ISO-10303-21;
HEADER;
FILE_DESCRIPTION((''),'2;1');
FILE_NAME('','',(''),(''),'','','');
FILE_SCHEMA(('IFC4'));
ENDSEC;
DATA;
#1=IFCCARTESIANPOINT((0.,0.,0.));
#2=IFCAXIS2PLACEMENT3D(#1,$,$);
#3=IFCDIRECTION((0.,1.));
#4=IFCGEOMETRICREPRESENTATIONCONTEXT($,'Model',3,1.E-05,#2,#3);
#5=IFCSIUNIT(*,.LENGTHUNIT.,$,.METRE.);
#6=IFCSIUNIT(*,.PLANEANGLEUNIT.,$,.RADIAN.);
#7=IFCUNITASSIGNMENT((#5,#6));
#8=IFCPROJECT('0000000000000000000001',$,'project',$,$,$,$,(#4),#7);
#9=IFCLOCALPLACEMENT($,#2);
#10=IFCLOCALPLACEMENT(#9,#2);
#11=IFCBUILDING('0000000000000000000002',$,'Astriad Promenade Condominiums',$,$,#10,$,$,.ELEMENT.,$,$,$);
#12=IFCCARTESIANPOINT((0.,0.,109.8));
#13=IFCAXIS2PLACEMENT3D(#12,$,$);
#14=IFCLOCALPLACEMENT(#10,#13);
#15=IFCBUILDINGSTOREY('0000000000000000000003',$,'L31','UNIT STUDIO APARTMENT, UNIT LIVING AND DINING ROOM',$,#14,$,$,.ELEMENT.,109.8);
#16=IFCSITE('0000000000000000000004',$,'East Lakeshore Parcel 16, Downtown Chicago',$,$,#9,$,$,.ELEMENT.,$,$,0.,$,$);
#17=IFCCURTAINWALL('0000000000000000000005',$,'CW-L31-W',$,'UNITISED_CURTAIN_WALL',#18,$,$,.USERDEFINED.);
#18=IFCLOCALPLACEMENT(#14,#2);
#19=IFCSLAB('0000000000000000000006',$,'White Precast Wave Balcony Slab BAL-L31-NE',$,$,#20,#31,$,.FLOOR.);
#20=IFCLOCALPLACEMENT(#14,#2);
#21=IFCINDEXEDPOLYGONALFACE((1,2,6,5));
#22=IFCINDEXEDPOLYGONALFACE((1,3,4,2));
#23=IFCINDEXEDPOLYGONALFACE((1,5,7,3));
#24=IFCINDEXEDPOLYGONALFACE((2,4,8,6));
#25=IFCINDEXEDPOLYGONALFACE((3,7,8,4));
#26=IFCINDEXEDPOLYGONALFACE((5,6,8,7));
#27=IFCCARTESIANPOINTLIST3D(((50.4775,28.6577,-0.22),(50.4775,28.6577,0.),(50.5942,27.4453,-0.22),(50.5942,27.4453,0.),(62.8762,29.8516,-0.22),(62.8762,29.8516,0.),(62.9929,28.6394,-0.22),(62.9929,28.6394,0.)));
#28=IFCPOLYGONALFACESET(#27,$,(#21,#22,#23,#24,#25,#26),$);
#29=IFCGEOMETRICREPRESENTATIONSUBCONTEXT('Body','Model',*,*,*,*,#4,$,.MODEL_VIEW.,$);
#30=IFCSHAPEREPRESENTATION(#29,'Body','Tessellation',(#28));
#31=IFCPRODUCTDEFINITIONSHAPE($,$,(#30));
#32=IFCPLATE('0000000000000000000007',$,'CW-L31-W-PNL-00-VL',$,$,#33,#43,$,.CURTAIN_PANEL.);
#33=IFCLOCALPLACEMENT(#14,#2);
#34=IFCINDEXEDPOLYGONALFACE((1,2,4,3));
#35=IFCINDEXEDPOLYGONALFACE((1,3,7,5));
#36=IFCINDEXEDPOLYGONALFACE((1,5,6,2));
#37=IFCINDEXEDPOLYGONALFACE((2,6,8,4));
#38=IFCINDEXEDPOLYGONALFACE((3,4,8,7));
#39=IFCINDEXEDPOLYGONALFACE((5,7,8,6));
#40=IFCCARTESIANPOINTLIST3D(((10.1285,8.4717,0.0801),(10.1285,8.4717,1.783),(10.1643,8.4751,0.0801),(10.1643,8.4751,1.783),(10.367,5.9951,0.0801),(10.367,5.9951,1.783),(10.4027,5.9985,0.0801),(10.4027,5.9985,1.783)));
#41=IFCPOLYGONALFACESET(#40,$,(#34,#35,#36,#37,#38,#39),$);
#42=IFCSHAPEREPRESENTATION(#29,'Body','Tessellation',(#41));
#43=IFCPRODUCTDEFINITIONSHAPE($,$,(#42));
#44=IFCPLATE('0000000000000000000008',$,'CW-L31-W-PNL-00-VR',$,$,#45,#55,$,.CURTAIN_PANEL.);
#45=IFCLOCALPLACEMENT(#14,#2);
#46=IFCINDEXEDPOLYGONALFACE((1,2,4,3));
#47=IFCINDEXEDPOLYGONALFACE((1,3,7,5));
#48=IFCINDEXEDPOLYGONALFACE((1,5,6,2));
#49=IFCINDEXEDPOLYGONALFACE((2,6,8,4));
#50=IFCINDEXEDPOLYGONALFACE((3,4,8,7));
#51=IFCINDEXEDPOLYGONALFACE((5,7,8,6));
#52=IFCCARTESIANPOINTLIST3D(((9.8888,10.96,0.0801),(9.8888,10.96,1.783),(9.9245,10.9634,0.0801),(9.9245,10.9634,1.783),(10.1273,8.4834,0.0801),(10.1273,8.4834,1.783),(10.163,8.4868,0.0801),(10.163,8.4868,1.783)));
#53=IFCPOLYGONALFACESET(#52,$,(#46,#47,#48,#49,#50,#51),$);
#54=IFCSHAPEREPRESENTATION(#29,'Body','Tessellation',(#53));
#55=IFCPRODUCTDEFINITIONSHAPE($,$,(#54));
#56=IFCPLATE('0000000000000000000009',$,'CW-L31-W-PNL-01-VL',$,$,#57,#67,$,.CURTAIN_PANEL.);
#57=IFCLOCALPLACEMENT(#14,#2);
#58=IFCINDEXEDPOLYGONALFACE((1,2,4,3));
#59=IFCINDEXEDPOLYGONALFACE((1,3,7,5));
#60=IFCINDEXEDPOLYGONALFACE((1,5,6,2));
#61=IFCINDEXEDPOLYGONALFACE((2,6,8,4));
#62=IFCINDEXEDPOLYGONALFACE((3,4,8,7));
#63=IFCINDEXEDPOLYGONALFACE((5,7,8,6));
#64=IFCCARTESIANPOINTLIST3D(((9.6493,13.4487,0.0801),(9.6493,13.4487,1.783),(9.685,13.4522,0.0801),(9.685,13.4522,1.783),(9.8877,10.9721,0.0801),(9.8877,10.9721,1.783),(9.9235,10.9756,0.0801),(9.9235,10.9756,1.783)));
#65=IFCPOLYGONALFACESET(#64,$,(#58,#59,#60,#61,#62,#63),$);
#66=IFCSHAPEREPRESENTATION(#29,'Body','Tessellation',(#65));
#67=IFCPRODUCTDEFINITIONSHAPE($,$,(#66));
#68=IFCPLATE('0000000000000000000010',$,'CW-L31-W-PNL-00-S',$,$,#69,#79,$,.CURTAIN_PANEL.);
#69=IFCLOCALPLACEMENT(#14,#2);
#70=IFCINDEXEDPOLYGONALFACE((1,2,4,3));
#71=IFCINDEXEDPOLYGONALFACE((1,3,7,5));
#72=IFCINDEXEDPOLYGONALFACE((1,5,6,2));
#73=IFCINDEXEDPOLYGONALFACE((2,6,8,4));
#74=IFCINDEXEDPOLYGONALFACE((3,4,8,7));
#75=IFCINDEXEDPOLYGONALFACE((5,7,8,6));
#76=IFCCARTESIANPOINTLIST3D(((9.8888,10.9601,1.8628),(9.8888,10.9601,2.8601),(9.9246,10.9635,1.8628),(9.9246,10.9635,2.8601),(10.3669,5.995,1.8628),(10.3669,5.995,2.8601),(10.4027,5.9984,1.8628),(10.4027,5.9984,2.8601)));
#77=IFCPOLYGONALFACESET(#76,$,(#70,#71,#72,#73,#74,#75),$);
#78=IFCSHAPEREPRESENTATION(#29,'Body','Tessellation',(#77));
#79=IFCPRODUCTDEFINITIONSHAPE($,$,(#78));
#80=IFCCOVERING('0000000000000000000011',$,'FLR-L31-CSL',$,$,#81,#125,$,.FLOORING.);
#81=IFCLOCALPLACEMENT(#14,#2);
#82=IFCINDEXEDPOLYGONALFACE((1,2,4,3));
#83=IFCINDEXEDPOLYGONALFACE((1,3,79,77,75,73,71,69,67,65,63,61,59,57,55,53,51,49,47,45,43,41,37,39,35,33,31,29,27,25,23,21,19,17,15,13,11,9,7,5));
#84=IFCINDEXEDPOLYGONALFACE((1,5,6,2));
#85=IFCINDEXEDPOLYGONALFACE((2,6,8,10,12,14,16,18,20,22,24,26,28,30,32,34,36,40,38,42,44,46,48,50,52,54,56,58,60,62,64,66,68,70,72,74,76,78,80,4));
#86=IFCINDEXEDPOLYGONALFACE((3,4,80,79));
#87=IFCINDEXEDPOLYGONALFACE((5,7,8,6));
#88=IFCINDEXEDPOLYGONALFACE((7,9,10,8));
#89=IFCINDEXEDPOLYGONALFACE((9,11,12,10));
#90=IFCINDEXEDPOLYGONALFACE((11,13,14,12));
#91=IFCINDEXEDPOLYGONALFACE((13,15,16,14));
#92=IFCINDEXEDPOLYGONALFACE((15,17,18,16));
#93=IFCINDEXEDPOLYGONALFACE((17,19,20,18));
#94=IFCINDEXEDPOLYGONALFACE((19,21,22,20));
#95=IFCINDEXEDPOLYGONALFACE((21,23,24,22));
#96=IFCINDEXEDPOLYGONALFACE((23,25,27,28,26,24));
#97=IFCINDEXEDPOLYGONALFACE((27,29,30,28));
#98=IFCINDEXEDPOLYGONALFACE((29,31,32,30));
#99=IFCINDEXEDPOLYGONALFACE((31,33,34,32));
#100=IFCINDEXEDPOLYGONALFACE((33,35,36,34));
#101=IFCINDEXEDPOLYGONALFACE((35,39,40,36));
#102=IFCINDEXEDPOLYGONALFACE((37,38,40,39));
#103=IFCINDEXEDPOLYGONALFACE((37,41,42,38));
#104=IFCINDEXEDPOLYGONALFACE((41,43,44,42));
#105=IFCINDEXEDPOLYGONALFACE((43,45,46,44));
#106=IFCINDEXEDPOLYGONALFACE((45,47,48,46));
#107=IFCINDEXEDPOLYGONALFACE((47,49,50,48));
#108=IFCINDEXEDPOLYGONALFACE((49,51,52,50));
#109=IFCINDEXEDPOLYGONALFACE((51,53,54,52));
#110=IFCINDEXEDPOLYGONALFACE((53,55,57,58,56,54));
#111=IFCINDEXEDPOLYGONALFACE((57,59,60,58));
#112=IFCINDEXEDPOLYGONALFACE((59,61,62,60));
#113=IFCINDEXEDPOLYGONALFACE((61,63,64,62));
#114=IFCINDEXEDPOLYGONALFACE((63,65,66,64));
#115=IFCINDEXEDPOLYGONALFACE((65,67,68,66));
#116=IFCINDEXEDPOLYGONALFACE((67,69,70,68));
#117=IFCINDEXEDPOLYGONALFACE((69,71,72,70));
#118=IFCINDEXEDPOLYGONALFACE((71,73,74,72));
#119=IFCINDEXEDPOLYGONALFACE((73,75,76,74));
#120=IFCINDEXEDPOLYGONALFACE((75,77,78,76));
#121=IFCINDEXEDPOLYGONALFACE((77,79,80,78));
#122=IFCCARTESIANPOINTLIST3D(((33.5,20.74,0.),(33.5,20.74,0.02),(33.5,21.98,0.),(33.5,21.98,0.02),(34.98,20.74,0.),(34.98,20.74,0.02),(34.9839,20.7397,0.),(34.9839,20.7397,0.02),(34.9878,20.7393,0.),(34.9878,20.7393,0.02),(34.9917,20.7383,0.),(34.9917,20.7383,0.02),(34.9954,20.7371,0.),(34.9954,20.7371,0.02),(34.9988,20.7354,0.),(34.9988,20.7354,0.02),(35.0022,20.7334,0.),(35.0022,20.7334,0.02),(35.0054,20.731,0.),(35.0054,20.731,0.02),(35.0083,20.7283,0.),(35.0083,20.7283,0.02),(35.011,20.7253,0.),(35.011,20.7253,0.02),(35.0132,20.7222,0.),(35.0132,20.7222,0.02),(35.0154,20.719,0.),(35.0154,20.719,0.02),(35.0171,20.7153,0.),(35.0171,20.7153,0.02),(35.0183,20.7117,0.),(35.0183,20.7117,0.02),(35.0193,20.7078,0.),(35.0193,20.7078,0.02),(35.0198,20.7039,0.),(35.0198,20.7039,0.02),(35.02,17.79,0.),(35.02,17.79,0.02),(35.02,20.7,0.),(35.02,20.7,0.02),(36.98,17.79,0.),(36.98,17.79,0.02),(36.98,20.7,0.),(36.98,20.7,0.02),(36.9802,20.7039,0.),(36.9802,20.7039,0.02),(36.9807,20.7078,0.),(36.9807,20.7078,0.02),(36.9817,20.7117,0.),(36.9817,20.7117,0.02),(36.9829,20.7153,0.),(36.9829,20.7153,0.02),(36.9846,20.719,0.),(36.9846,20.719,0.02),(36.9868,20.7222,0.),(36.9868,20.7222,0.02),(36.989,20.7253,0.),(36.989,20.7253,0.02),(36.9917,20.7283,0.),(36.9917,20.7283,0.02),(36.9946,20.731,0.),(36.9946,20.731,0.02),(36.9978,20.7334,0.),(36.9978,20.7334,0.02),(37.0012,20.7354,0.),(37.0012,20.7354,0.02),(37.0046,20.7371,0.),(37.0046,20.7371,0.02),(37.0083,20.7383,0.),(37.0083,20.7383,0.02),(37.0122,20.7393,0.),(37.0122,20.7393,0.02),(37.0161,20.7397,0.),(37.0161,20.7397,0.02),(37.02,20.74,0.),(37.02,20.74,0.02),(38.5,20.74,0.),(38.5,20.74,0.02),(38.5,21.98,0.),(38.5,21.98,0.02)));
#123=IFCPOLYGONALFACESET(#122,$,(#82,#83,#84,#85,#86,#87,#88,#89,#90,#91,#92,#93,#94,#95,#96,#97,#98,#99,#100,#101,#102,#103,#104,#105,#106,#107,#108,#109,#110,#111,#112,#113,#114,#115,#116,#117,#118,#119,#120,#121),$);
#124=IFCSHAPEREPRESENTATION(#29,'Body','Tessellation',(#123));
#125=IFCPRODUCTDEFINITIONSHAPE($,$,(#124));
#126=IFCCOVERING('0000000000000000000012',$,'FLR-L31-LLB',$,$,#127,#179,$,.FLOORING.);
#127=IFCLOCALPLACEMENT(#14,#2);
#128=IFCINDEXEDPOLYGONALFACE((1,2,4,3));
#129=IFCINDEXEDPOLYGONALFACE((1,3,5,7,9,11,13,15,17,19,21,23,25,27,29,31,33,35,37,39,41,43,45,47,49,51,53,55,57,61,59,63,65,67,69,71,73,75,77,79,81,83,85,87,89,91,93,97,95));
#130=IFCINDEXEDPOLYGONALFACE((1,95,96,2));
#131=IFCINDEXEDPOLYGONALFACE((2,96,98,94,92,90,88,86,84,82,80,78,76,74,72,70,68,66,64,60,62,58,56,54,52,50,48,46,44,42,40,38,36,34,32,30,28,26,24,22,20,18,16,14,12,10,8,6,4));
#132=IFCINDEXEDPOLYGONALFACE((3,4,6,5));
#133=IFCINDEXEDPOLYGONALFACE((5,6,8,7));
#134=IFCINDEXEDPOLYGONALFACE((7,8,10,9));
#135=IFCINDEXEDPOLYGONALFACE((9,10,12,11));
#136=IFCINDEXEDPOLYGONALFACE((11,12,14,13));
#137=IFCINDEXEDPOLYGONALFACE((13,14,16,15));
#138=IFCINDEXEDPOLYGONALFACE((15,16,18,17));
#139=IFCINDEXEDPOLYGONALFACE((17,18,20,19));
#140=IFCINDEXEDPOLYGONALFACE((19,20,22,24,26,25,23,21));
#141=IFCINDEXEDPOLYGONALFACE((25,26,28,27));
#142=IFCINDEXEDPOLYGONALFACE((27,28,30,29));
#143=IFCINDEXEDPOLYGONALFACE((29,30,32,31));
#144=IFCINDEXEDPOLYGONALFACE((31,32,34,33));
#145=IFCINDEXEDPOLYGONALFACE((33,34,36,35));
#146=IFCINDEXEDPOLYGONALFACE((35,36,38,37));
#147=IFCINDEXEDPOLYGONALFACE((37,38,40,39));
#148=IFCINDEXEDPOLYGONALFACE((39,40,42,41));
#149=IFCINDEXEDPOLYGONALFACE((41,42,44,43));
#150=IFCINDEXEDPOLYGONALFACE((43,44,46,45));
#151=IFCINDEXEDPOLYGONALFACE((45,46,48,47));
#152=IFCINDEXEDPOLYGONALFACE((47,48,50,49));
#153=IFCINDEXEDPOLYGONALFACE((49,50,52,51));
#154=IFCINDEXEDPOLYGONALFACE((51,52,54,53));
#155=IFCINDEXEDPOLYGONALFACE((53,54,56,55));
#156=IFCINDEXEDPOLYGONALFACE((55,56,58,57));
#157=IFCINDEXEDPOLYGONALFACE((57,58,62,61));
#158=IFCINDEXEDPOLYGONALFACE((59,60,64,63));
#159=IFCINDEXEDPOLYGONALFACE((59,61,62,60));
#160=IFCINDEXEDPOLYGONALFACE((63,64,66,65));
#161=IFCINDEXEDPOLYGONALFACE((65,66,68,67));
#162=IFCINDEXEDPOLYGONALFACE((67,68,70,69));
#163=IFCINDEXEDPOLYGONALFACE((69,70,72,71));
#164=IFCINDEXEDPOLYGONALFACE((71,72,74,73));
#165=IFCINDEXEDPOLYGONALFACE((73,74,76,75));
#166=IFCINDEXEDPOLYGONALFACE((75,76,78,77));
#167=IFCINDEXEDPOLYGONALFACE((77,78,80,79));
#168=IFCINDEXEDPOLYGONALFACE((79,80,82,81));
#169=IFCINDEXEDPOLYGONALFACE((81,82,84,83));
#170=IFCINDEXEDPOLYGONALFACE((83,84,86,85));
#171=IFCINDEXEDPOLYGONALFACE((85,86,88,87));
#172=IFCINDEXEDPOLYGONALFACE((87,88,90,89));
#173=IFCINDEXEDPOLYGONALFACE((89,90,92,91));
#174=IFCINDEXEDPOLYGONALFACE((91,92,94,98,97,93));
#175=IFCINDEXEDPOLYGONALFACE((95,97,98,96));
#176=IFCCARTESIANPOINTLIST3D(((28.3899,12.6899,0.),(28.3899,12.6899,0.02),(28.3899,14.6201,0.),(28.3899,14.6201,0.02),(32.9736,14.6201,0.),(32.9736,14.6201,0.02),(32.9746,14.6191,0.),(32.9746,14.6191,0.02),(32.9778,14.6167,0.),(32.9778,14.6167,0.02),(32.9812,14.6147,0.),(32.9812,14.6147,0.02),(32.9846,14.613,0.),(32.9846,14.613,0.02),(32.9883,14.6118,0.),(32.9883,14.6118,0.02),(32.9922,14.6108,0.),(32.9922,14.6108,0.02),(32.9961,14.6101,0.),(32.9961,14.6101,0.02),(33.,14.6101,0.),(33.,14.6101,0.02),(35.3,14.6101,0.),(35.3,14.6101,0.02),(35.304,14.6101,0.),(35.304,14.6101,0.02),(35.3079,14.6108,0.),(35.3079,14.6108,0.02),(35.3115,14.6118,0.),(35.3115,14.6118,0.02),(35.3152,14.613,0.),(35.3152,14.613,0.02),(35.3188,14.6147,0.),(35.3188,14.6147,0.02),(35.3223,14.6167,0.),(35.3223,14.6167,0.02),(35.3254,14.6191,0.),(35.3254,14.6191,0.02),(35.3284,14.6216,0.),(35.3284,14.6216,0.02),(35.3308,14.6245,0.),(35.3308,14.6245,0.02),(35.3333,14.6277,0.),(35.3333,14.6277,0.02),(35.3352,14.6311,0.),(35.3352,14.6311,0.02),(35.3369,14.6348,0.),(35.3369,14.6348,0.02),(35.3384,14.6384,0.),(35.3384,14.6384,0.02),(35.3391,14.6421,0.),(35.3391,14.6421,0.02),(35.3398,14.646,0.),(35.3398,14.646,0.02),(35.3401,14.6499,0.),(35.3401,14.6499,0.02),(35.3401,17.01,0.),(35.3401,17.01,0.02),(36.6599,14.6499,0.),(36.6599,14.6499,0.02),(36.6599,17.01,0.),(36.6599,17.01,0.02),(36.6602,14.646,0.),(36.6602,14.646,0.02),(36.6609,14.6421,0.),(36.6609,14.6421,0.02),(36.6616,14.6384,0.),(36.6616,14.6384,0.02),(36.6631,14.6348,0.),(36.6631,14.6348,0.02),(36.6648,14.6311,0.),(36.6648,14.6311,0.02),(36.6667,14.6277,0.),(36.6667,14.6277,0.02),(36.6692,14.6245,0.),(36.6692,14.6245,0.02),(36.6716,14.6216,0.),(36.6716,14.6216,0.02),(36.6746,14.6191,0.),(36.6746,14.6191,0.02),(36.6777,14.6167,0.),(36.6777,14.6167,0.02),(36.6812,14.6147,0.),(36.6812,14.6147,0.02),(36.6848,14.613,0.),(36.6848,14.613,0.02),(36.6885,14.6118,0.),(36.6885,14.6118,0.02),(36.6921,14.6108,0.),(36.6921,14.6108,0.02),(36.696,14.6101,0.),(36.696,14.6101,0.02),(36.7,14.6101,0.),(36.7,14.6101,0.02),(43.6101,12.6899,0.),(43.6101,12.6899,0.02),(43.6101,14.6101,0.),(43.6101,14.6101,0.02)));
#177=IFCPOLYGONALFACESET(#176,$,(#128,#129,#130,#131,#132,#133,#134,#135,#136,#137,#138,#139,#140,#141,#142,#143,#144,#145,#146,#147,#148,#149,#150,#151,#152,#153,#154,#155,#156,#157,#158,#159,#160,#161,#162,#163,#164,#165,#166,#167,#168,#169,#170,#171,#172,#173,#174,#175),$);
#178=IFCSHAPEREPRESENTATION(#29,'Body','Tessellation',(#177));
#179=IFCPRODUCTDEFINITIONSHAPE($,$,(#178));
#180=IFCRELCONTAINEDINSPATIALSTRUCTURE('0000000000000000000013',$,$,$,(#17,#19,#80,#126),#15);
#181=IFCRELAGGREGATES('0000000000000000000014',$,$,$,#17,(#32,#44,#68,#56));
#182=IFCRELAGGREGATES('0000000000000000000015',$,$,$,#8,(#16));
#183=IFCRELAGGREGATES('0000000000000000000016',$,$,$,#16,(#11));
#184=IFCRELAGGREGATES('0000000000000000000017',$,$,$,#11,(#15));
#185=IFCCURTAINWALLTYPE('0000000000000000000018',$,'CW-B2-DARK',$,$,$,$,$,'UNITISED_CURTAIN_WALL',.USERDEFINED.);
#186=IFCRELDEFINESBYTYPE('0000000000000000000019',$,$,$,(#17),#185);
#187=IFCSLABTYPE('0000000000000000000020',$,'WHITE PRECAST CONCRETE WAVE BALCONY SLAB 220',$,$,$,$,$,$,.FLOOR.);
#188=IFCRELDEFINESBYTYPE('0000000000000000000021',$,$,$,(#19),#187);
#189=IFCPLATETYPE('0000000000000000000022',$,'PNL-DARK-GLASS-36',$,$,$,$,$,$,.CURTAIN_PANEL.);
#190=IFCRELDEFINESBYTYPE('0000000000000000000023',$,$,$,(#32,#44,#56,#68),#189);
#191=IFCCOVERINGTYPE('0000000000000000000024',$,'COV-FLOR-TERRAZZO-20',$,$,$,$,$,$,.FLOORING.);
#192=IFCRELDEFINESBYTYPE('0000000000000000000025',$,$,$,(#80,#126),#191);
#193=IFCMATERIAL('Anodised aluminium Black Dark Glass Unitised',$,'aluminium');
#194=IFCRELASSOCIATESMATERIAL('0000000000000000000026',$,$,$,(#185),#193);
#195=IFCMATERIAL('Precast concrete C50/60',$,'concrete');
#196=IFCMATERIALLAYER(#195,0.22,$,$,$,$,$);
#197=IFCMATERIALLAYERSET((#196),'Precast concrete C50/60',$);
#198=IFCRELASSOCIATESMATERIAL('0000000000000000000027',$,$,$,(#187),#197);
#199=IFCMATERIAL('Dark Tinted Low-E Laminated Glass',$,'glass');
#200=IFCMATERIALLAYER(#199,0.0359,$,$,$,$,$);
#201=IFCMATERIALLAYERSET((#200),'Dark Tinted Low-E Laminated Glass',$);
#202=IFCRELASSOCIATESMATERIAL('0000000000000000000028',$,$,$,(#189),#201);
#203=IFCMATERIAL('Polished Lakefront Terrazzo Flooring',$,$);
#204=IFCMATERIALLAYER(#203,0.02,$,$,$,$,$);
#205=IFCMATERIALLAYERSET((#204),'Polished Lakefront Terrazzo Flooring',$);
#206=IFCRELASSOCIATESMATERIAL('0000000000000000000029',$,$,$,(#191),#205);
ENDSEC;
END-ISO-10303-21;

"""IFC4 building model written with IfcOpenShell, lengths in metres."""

from ifc_helpers import new_model, si_unit, direction, frame, origin, origin_2d, place, context, subcontext, project, spatial, polyline, rectangle, outline, extrude, source, transform, mapped, material, layer, layer_set, type_object, type_shapes, element, aggregate, save


model = new_model("IFC4")

# Units and contexts
model_context = context("Model", 3, precision=1e-05, world=origin(), true_north=direction((0.0, 1.0)))
body_context = subcontext(model_context, "Body", "Model", "MODEL_VIEW")
ifc_project = project(units=[si_unit("LENGTHUNIT", "METRE"), si_unit("PLANEANGLEUNIT", "RADIAN")], contexts=[model_context])

# Site, building, storey
site_placement = place(None, origin())
site = spatial("IfcSite", under=ifc_project, at=site_placement, Name="East Lakeshore Parcel 16, Downtown Chicago", CompositionType="ELEMENT", RefElevation=0.0)
building_placement = place(site_placement, origin())
building = spatial("IfcBuilding", under=site, at=building_placement, Name="Astriad Promenade Condominiums", CompositionType="ELEMENT")
storey_placement = place(building_placement, frame((0.0, 0.0, 109.8)))
storey = spatial("IfcBuildingStorey", under=building, at=storey_placement, Name="L31", Description="UNIT STUDIO APARTMENT, UNIT LIVING AND DINING ROOM", CompositionType="ELEMENT", Elevation=109.8)

# Curtain wall
ifc_material_1 = material(Name="Anodised aluminium Black Dark Glass Unitised", Category="aluminium")
curtain_wall_type = type_object("IfcCurtainWallType", Name="CW-B2-DARK", ElementType="UNITISED_CURTAIN_WALL", PredefinedType="USERDEFINED", material=ifc_material_1)
curtain_wall_placement = place(storey_placement, origin())
curtain_wall = element("IfcCurtainWall", 1, at=curtain_wall_placement, inside=storey, type_object=curtain_wall_type, Name="CW-L31-W", ObjectType="UNITISED_CURTAIN_WALL", PredefinedType="USERDEFINED")

# Slab
ifc_material_2 = material(Name="Precast concrete C50/60", Category="concrete")
ifc_layer_1 = layer(ifc_material_2, 0.22)
ifc_layer_set_1 = layer_set([ifc_layer_1], Name="Precast concrete C50/60")
slab_type_1 = type_object("IfcSlabType", Name="WHITE PRECAST CONCRETE WAVE BALCONY SLAB 220", PredefinedType="FLOOR", material=ifc_layer_set_1)
slab_1_placement = place(storey_placement, frame((0.0, 0.0, -0.22)))
element("IfcSlab", 2, at=slab_1_placement, inside=storey, type_object=slab_type_1, Name="White Precast Wave Balcony Slab BAL-L31-NE", PredefinedType="FLOOR", context=body_context, shape_type="SweptSolid", body=[
    extrude(outline(polyline([(50.4775, 28.6577), (62.8762, 29.8516), (62.9929, 28.6394), (50.5942, 27.4453), (50.4775, 28.6577)])), origin(), (0.0, 0.0, 1.0), 0.22),
])

# Plates
ifc_material_3 = material(Name="Dark Tinted Low-E Laminated Glass", Category="glass")
ifc_layer_2 = layer(ifc_material_3, 0.0359)
ifc_layer_set_2 = layer_set([ifc_layer_2], Name="Dark Tinted Low-E Laminated Glass")
plate_type = type_object("IfcPlateType", Name="PNL-DARK-GLASS-36", PredefinedType="CURTAIN_PANEL", material=ifc_layer_set_2)
shared_shape_1 = source(origin(), body_context, "Body", "SweptSolid", [
    extrude(rectangle(XDim=2.488, YDim=0.0359, at=origin_2d()), origin(), (0.0, 0.0, 1.0), 1.7029),
])
plate_1_placement = place(storey_placement, frame((10.2656, 7.2351, 0.0801), z_axis=(0.0, 0.0, 1.0), x_axis=(-0.095846, 0.995396, 0.0)))
plate_1 = element("IfcPlate", 3, at=plate_1_placement, type_object=plate_type, Name="CW-L31-W-PNL-00-VL", PredefinedType="CURTAIN_PANEL", context=body_context, shape_type="MappedRepresentation", body=[
    mapped(shared_shape_1, transform((0.0, 0.0, 0.0), scale=1.0)),
])
plate_2_placement = place(storey_placement, frame((10.0259, 9.7234, 0.0801), z_axis=(0.0, 0.0, 1.0), x_axis=(-0.095846, 0.995396, 0.0)))
plate_2 = element("IfcPlate", 4, at=plate_2_placement, type_object=plate_type, Name="CW-L31-W-PNL-00-VR", PredefinedType="CURTAIN_PANEL", context=body_context, shape_type="MappedRepresentation", body=[
    mapped(shared_shape_1, transform((0.0, 0.0, 0.0), scale=1.0)),
])
plate_3_placement = place(storey_placement, frame((9.7864, 12.2122, 0.0801), z_axis=(0.0, 0.0, 1.0), x_axis=(-0.095846, 0.995396, 0.0)))
plate_3 = element("IfcPlate", 5, at=plate_3_placement, type_object=plate_type, Name="CW-L31-W-PNL-01-VL", PredefinedType="CURTAIN_PANEL", context=body_context, shape_type="MappedRepresentation", body=[
    mapped(shared_shape_1, transform((0.0, 0.0, 0.0), scale=1.0)),
])
shared_shape_2 = source(origin(), body_context, "Body", "SweptSolid", [
    extrude(rectangle(XDim=4.988, YDim=0.0359, at=origin_2d()), origin(), (0.0, 0.0, 1.0), 0.9973),
])
type_shapes(plate_type, [shared_shape_1, shared_shape_2])
plate_4_placement = place(storey_placement, frame((10.1458, 8.4792, 1.8628), z_axis=(0.0, 0.0, 1.0), x_axis=(-0.095846, 0.995396, 0.0)))
plate_4 = element("IfcPlate", 6, at=plate_4_placement, type_object=plate_type, Name="CW-L31-W-PNL-00-S", PredefinedType="CURTAIN_PANEL", context=body_context, shape_type="MappedRepresentation", body=[
    mapped(shared_shape_2, transform((0.0, 0.0, 0.0), scale=1.0)),
])
aggregate(curtain_wall, [plate_1, plate_2, plate_4, plate_3])

# Coverings
ifc_material_4 = material(Name="Polished Lakefront Terrazzo Flooring")
ifc_layer_3 = layer(ifc_material_4, 0.02)
ifc_layer_set_3 = layer_set([ifc_layer_3], Name="Polished Lakefront Terrazzo Flooring")
covering_type = type_object("IfcCoveringType", Name="COV-FLOR-TERRAZZO-20", PredefinedType="FLOORING", material=ifc_layer_set_3)
covering_1_placement = place(storey_placement, origin())
element("IfcCovering", 7, at=covering_1_placement, inside=storey, type_object=covering_type, Name="FLR-L31-CSL", PredefinedType="FLOORING", context=body_context, shape_type="SweptSolid", body=[
    extrude(outline(polyline([(36.98, 20.7), (36.98, 17.79), (35.02, 17.79), (35.02, 20.7), (35.0198, 20.7039), (35.0193, 20.7078), (35.0183, 20.7117), (35.0171, 20.7153), (35.0154, 20.719), (35.0132, 20.7222), (35.011, 20.7253), (35.0083, 20.7283), (35.0054, 20.731), (35.0022, 20.7334), (34.9988, 20.7354), (34.9954, 20.7371), (34.9917, 20.7383), (34.9878, 20.7393), (34.9839, 20.7397), (34.98, 20.74), (33.5, 20.74), (33.5, 21.98), (38.5, 21.98), (38.5, 20.74), (37.02, 20.74), (37.0161, 20.7397), (37.0122, 20.7393), (37.0083, 20.7383), (37.0046, 20.7371), (37.0012, 20.7354), (36.9978, 20.7334), (36.9946, 20.731), (36.9917, 20.7283), (36.989, 20.7253), (36.9868, 20.7222), (36.9846, 20.719), (36.9829, 20.7153), (36.9817, 20.7117), (36.9807, 20.7078), (36.9802, 20.7039), (36.98, 20.7)])), origin(), (0.0, 0.0, 1.0), 0.02),
])
covering_2_placement = place(storey_placement, origin())
element("IfcCovering", 8, at=covering_2_placement, inside=storey, type_object=covering_type, Name="FLR-L31-LLB", PredefinedType="FLOORING", context=body_context, shape_type="SweptSolid", body=[
    extrude(outline(polyline([(32.9736, 14.6201), (32.9746, 14.6191), (32.9778, 14.6167), (32.9812, 14.6147), (32.9846, 14.613), (32.9883, 14.6118), (32.9922, 14.6108), (32.9961, 14.6101), (33.0, 14.6101), (35.3, 14.6101), (35.304, 14.6101), (35.3079, 14.6108), (35.3115, 14.6118), (35.3152, 14.613), (35.3188, 14.6147), (35.3223, 14.6167), (35.3254, 14.6191), (35.3284, 14.6216), (35.3308, 14.6245), (35.3333, 14.6277), (35.3352, 14.6311), (35.3369, 14.6348), (35.3384, 14.6384), (35.3391, 14.6421), (35.3398, 14.646), (35.3401, 14.6499), (35.3401, 17.01), (36.6599, 17.01), (36.6599, 14.6499), (36.6602, 14.646), (36.6609, 14.6421), (36.6616, 14.6384), (36.6631, 14.6348), (36.6648, 14.6311), (36.6667, 14.6277), (36.6692, 14.6245), (36.6716, 14.6216), (36.6746, 14.6191), (36.6777, 14.6167), (36.6812, 14.6147), (36.6848, 14.613), (36.6885, 14.6118), (36.6921, 14.6108), (36.696, 14.6101), (36.7, 14.6101), (43.6101, 14.6101), (43.6101, 12.6899), (28.3899, 12.6899), (28.3899, 14.6201), (32.9736, 14.6201)])), origin(), (0.0, 0.0, 1.0), 0.02),
])

save(model, "model.ifc")
